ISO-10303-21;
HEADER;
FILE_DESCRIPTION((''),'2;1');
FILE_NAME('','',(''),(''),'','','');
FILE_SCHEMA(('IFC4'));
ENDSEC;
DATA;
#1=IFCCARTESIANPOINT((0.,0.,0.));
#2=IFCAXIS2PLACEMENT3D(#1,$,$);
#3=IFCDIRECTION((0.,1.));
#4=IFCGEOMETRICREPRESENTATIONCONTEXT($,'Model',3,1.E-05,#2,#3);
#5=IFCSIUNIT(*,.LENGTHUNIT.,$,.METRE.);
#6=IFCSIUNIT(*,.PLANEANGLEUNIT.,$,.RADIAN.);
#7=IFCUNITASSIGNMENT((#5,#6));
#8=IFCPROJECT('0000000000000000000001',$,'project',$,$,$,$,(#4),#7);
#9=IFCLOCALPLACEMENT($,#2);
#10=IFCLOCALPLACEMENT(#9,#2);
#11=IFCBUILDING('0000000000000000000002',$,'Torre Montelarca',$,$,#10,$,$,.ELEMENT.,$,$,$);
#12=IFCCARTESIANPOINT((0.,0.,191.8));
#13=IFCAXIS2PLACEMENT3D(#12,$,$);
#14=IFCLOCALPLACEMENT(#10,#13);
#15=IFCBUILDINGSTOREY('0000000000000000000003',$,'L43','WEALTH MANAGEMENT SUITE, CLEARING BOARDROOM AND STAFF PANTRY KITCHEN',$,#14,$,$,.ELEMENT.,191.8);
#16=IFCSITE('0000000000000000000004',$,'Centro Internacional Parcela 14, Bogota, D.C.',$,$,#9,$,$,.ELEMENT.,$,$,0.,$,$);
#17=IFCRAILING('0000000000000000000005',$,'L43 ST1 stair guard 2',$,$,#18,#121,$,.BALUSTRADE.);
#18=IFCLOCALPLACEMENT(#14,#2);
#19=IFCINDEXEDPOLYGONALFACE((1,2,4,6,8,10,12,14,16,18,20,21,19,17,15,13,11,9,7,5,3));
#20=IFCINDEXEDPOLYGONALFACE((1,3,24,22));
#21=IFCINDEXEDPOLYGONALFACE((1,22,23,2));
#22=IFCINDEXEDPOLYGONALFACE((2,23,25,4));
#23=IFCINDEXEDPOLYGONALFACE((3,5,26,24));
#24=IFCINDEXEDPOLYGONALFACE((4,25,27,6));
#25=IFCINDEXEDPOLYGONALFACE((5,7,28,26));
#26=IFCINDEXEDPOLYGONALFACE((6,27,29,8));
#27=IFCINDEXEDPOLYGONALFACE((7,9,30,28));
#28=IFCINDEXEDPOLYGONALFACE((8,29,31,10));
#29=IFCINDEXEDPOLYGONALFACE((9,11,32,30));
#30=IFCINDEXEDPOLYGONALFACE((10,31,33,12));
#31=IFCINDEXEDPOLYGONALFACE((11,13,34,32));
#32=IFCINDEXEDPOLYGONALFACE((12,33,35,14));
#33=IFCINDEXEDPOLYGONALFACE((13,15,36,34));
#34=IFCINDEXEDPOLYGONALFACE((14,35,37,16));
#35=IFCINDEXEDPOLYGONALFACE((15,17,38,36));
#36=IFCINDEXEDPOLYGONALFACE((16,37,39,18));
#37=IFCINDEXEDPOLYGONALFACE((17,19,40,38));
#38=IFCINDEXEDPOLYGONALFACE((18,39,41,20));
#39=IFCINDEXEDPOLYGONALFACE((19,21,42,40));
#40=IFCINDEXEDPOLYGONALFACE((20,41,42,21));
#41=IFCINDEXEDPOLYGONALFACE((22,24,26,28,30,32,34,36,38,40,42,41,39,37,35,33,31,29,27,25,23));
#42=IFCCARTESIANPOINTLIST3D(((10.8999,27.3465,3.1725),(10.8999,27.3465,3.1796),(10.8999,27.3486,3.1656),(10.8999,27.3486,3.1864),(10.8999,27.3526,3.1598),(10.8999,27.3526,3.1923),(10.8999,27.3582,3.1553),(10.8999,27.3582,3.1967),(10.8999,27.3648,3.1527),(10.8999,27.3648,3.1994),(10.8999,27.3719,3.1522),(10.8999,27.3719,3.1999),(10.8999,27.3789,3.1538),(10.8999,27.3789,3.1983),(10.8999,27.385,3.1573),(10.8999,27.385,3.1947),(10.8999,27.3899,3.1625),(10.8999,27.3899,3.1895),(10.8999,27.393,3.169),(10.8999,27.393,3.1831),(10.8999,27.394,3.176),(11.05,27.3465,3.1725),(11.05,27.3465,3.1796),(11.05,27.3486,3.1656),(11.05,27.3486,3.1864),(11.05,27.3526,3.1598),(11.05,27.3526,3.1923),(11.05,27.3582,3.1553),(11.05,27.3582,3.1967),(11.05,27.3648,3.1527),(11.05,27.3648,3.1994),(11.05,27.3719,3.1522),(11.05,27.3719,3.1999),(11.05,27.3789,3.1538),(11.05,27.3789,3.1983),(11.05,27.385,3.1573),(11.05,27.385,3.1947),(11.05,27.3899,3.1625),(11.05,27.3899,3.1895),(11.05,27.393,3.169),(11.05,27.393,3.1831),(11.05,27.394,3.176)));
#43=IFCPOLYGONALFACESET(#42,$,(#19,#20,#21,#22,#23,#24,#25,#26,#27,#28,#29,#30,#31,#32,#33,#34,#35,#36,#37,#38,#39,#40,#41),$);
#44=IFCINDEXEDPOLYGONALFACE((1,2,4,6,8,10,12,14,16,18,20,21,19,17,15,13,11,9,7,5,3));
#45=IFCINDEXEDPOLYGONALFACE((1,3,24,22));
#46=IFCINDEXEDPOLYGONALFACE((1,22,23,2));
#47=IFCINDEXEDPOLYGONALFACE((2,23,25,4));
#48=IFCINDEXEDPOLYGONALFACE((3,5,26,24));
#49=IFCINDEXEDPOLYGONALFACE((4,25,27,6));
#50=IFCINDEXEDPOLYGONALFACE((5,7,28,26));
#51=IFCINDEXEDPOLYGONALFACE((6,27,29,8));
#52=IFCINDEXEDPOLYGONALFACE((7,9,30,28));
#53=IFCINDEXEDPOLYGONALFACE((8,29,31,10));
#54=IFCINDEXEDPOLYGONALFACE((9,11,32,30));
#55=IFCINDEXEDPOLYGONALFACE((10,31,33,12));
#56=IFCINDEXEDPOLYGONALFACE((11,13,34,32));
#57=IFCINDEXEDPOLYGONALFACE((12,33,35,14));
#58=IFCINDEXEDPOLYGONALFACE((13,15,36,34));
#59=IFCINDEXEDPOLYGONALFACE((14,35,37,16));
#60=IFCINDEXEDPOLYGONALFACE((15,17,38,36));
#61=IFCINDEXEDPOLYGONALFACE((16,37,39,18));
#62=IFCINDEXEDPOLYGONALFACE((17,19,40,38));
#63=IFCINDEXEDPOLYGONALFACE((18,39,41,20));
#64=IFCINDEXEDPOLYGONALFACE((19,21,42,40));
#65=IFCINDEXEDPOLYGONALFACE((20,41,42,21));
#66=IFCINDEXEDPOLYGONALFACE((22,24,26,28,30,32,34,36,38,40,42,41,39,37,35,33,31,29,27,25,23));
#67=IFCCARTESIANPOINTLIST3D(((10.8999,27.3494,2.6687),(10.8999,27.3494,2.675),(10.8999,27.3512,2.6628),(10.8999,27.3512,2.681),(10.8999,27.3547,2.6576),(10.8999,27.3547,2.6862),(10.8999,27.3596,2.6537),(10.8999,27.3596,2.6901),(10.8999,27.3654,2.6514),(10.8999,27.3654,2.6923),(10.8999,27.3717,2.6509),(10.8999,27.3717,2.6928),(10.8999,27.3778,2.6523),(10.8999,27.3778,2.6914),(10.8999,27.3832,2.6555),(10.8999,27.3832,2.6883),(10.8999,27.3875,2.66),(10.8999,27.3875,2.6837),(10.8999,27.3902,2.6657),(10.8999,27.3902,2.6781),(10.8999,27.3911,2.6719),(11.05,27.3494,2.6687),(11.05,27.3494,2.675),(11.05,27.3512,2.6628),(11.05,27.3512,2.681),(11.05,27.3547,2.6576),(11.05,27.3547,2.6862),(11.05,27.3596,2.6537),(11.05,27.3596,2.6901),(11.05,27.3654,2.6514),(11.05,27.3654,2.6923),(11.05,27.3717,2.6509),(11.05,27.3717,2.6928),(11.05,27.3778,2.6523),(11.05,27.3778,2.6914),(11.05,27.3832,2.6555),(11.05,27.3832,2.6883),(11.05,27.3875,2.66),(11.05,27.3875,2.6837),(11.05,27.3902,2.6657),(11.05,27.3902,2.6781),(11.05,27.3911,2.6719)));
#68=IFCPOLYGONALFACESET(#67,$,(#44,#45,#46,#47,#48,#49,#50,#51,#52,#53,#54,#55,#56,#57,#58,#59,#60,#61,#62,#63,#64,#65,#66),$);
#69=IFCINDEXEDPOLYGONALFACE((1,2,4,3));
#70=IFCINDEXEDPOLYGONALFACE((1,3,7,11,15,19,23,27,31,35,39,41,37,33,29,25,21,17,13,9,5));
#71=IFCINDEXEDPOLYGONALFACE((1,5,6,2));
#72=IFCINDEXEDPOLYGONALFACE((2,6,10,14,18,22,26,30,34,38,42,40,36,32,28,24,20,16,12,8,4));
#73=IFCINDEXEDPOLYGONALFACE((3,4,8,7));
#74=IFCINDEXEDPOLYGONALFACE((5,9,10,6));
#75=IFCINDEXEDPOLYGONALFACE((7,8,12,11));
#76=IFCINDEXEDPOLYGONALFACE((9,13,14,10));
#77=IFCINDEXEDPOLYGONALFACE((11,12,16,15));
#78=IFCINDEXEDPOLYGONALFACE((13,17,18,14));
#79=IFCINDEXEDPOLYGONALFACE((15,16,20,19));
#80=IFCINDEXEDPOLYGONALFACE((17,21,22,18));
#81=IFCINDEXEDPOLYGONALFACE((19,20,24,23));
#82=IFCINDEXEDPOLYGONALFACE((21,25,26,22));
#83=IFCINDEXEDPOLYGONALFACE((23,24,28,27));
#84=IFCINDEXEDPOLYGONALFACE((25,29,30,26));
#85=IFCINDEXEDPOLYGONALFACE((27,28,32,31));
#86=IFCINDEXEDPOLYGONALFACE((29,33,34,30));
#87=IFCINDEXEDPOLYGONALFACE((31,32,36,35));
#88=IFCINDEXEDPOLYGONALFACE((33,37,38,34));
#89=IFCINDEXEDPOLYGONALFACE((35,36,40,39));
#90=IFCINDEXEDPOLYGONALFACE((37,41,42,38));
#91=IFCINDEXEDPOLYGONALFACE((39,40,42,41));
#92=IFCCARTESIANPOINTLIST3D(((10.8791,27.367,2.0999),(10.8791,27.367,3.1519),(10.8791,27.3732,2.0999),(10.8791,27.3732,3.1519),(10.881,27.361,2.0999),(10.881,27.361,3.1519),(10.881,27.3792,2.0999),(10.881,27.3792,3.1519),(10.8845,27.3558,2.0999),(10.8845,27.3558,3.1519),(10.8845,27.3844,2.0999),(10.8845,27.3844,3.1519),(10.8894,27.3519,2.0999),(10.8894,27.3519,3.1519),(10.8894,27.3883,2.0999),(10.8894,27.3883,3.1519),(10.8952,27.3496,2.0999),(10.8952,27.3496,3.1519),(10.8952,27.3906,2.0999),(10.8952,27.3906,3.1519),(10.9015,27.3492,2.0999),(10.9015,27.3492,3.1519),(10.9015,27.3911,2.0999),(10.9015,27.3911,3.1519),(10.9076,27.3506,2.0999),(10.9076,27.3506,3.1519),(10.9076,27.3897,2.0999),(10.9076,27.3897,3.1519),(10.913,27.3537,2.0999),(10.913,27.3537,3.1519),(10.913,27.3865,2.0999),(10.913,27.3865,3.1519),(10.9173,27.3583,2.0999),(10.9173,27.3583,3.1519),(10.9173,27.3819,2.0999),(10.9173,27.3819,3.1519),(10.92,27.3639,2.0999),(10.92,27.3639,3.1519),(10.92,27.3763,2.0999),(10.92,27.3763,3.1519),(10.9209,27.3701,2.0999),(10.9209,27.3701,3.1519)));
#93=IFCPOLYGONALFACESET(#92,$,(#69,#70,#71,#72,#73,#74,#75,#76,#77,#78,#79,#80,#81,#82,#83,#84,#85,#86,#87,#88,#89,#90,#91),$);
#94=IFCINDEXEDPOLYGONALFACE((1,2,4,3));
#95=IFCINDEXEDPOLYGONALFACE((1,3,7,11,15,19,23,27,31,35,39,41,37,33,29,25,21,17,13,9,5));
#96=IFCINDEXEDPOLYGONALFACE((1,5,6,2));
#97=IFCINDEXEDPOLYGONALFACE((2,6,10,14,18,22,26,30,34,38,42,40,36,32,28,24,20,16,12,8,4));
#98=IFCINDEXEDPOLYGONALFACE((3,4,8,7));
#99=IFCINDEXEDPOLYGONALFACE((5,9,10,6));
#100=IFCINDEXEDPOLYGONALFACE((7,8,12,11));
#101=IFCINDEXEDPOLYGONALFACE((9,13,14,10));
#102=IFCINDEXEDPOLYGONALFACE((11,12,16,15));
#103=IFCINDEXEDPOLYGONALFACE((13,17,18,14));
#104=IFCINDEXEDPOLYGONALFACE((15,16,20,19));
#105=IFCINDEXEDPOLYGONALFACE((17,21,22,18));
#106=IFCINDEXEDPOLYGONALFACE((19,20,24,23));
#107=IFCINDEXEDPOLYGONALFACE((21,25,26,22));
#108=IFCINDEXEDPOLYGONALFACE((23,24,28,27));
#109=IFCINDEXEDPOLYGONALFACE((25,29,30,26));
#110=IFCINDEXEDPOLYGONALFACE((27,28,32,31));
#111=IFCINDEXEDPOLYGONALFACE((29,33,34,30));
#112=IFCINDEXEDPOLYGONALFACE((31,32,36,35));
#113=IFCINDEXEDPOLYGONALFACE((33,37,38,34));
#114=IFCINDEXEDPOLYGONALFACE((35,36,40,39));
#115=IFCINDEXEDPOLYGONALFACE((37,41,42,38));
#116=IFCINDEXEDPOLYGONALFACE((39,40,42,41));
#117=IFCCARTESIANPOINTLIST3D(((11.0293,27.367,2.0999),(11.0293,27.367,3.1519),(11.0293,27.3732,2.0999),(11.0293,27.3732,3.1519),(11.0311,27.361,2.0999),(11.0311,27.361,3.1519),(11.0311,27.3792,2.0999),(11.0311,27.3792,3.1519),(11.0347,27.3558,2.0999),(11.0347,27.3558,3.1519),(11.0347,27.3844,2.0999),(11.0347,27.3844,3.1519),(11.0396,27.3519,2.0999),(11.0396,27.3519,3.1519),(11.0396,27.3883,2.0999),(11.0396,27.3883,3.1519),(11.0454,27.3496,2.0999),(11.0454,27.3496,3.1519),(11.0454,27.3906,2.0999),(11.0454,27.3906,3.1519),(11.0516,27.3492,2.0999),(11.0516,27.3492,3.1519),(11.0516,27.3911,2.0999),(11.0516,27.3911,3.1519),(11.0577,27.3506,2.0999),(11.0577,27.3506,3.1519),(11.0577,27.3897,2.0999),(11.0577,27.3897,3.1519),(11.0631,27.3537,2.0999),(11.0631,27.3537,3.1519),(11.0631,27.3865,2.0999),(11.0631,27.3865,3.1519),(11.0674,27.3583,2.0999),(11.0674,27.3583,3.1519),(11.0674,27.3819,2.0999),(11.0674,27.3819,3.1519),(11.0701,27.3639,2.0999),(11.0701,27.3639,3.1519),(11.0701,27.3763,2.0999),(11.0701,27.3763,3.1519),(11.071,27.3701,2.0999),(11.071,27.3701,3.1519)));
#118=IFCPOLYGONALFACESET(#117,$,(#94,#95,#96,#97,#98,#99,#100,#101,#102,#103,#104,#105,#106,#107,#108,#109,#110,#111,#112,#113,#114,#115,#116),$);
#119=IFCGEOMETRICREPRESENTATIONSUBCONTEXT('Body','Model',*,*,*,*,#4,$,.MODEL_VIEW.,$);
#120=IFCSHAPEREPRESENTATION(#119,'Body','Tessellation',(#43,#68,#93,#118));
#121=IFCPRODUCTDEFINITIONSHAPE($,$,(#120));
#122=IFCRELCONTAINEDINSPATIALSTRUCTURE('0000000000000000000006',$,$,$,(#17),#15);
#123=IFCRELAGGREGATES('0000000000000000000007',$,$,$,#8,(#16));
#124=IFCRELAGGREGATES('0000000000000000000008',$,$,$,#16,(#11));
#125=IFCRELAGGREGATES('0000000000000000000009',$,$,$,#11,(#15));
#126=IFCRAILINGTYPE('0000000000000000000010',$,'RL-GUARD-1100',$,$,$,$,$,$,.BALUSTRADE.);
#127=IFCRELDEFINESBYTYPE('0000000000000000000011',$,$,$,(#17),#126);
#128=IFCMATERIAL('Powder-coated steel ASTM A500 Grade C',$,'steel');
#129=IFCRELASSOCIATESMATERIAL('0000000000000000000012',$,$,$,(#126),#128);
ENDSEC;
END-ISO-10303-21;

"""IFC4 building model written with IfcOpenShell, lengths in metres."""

from ifc_helpers import new_model, si_unit, direction, frame, origin, origin_2d, place, context, subcontext, project, spatial, circle, extrude, material, type_object, element, save


model = new_model("IFC4")

# Units and contexts
model_context = context("Model", 3, precision=1e-05, world=origin(), true_north=direction((0.0, 1.0)))
body_context = subcontext(model_context, "Body", "Model", "MODEL_VIEW")
ifc_project = project(units=[si_unit("LENGTHUNIT", "METRE"), si_unit("PLANEANGLEUNIT", "RADIAN")], contexts=[model_context])

# Site, building, storey
site_placement = place(None, origin())
site = spatial("IfcSite", under=ifc_project, at=site_placement, Name="Centro Internacional Parcela 14, Bogota, D.C.", CompositionType="ELEMENT", RefElevation=0.0)
building_placement = place(site_placement, origin())
building = spatial("IfcBuilding", under=site, at=building_placement, Name="Torre Montelarca", CompositionType="ELEMENT")
storey_placement = place(building_placement, frame((0.0, 0.0, 191.8)))
storey = spatial("IfcBuildingStorey", under=building, at=storey_placement, Name="L43", Description="WEALTH MANAGEMENT SUITE, CLEARING BOARDROOM AND STAFF PANTRY KITCHEN", CompositionType="ELEMENT", Elevation=191.8)

# Railing
ifc_material_1 = material(Name="Powder-coated steel ASTM A500 Grade C", Category="steel")
railing_type_1 = type_object("IfcRailingType", Name="RL-GUARD-1100", PredefinedType="BALUSTRADE", material=ifc_material_1)
railing_1_placement = place(storey_placement, frame((10.8999, 27.3701, 2.0999)))
element("IfcRailing", 1, at=railing_1_placement, inside=storey, type_object=railing_type_1, Name="L43 ST1 stair guard 2", PredefinedType="BALUSTRADE", context=body_context, shape_type="SweptSolid", body=[
    extrude(circle(Radius=0.0239, at=origin_2d()), frame((0.0, 0.0, 1.0762), z_axis=(1.0, 0.0, 0.0), x_axis=(0.0, 1.0, 0.0)), (0.0, 0.0, 1.0), 0.1501),
    extrude(circle(Radius=0.021, at=origin_2d()), frame((0.0, 0.0, 0.572), z_axis=(1.0, 0.0, 0.0), x_axis=(0.0, 1.0, 0.0)), (0.0, 0.0, 1.0), 0.1501),
    extrude(circle(Radius=0.021, at=origin_2d()), origin(), (0.0, 0.0, 1.0), 1.052),
    extrude(circle(Radius=0.021, at=origin_2d()), frame((0.1501, 0.0, 0.0)), (0.0, 0.0, 1.0), 1.052),
])

save(model, "model.ifc")
